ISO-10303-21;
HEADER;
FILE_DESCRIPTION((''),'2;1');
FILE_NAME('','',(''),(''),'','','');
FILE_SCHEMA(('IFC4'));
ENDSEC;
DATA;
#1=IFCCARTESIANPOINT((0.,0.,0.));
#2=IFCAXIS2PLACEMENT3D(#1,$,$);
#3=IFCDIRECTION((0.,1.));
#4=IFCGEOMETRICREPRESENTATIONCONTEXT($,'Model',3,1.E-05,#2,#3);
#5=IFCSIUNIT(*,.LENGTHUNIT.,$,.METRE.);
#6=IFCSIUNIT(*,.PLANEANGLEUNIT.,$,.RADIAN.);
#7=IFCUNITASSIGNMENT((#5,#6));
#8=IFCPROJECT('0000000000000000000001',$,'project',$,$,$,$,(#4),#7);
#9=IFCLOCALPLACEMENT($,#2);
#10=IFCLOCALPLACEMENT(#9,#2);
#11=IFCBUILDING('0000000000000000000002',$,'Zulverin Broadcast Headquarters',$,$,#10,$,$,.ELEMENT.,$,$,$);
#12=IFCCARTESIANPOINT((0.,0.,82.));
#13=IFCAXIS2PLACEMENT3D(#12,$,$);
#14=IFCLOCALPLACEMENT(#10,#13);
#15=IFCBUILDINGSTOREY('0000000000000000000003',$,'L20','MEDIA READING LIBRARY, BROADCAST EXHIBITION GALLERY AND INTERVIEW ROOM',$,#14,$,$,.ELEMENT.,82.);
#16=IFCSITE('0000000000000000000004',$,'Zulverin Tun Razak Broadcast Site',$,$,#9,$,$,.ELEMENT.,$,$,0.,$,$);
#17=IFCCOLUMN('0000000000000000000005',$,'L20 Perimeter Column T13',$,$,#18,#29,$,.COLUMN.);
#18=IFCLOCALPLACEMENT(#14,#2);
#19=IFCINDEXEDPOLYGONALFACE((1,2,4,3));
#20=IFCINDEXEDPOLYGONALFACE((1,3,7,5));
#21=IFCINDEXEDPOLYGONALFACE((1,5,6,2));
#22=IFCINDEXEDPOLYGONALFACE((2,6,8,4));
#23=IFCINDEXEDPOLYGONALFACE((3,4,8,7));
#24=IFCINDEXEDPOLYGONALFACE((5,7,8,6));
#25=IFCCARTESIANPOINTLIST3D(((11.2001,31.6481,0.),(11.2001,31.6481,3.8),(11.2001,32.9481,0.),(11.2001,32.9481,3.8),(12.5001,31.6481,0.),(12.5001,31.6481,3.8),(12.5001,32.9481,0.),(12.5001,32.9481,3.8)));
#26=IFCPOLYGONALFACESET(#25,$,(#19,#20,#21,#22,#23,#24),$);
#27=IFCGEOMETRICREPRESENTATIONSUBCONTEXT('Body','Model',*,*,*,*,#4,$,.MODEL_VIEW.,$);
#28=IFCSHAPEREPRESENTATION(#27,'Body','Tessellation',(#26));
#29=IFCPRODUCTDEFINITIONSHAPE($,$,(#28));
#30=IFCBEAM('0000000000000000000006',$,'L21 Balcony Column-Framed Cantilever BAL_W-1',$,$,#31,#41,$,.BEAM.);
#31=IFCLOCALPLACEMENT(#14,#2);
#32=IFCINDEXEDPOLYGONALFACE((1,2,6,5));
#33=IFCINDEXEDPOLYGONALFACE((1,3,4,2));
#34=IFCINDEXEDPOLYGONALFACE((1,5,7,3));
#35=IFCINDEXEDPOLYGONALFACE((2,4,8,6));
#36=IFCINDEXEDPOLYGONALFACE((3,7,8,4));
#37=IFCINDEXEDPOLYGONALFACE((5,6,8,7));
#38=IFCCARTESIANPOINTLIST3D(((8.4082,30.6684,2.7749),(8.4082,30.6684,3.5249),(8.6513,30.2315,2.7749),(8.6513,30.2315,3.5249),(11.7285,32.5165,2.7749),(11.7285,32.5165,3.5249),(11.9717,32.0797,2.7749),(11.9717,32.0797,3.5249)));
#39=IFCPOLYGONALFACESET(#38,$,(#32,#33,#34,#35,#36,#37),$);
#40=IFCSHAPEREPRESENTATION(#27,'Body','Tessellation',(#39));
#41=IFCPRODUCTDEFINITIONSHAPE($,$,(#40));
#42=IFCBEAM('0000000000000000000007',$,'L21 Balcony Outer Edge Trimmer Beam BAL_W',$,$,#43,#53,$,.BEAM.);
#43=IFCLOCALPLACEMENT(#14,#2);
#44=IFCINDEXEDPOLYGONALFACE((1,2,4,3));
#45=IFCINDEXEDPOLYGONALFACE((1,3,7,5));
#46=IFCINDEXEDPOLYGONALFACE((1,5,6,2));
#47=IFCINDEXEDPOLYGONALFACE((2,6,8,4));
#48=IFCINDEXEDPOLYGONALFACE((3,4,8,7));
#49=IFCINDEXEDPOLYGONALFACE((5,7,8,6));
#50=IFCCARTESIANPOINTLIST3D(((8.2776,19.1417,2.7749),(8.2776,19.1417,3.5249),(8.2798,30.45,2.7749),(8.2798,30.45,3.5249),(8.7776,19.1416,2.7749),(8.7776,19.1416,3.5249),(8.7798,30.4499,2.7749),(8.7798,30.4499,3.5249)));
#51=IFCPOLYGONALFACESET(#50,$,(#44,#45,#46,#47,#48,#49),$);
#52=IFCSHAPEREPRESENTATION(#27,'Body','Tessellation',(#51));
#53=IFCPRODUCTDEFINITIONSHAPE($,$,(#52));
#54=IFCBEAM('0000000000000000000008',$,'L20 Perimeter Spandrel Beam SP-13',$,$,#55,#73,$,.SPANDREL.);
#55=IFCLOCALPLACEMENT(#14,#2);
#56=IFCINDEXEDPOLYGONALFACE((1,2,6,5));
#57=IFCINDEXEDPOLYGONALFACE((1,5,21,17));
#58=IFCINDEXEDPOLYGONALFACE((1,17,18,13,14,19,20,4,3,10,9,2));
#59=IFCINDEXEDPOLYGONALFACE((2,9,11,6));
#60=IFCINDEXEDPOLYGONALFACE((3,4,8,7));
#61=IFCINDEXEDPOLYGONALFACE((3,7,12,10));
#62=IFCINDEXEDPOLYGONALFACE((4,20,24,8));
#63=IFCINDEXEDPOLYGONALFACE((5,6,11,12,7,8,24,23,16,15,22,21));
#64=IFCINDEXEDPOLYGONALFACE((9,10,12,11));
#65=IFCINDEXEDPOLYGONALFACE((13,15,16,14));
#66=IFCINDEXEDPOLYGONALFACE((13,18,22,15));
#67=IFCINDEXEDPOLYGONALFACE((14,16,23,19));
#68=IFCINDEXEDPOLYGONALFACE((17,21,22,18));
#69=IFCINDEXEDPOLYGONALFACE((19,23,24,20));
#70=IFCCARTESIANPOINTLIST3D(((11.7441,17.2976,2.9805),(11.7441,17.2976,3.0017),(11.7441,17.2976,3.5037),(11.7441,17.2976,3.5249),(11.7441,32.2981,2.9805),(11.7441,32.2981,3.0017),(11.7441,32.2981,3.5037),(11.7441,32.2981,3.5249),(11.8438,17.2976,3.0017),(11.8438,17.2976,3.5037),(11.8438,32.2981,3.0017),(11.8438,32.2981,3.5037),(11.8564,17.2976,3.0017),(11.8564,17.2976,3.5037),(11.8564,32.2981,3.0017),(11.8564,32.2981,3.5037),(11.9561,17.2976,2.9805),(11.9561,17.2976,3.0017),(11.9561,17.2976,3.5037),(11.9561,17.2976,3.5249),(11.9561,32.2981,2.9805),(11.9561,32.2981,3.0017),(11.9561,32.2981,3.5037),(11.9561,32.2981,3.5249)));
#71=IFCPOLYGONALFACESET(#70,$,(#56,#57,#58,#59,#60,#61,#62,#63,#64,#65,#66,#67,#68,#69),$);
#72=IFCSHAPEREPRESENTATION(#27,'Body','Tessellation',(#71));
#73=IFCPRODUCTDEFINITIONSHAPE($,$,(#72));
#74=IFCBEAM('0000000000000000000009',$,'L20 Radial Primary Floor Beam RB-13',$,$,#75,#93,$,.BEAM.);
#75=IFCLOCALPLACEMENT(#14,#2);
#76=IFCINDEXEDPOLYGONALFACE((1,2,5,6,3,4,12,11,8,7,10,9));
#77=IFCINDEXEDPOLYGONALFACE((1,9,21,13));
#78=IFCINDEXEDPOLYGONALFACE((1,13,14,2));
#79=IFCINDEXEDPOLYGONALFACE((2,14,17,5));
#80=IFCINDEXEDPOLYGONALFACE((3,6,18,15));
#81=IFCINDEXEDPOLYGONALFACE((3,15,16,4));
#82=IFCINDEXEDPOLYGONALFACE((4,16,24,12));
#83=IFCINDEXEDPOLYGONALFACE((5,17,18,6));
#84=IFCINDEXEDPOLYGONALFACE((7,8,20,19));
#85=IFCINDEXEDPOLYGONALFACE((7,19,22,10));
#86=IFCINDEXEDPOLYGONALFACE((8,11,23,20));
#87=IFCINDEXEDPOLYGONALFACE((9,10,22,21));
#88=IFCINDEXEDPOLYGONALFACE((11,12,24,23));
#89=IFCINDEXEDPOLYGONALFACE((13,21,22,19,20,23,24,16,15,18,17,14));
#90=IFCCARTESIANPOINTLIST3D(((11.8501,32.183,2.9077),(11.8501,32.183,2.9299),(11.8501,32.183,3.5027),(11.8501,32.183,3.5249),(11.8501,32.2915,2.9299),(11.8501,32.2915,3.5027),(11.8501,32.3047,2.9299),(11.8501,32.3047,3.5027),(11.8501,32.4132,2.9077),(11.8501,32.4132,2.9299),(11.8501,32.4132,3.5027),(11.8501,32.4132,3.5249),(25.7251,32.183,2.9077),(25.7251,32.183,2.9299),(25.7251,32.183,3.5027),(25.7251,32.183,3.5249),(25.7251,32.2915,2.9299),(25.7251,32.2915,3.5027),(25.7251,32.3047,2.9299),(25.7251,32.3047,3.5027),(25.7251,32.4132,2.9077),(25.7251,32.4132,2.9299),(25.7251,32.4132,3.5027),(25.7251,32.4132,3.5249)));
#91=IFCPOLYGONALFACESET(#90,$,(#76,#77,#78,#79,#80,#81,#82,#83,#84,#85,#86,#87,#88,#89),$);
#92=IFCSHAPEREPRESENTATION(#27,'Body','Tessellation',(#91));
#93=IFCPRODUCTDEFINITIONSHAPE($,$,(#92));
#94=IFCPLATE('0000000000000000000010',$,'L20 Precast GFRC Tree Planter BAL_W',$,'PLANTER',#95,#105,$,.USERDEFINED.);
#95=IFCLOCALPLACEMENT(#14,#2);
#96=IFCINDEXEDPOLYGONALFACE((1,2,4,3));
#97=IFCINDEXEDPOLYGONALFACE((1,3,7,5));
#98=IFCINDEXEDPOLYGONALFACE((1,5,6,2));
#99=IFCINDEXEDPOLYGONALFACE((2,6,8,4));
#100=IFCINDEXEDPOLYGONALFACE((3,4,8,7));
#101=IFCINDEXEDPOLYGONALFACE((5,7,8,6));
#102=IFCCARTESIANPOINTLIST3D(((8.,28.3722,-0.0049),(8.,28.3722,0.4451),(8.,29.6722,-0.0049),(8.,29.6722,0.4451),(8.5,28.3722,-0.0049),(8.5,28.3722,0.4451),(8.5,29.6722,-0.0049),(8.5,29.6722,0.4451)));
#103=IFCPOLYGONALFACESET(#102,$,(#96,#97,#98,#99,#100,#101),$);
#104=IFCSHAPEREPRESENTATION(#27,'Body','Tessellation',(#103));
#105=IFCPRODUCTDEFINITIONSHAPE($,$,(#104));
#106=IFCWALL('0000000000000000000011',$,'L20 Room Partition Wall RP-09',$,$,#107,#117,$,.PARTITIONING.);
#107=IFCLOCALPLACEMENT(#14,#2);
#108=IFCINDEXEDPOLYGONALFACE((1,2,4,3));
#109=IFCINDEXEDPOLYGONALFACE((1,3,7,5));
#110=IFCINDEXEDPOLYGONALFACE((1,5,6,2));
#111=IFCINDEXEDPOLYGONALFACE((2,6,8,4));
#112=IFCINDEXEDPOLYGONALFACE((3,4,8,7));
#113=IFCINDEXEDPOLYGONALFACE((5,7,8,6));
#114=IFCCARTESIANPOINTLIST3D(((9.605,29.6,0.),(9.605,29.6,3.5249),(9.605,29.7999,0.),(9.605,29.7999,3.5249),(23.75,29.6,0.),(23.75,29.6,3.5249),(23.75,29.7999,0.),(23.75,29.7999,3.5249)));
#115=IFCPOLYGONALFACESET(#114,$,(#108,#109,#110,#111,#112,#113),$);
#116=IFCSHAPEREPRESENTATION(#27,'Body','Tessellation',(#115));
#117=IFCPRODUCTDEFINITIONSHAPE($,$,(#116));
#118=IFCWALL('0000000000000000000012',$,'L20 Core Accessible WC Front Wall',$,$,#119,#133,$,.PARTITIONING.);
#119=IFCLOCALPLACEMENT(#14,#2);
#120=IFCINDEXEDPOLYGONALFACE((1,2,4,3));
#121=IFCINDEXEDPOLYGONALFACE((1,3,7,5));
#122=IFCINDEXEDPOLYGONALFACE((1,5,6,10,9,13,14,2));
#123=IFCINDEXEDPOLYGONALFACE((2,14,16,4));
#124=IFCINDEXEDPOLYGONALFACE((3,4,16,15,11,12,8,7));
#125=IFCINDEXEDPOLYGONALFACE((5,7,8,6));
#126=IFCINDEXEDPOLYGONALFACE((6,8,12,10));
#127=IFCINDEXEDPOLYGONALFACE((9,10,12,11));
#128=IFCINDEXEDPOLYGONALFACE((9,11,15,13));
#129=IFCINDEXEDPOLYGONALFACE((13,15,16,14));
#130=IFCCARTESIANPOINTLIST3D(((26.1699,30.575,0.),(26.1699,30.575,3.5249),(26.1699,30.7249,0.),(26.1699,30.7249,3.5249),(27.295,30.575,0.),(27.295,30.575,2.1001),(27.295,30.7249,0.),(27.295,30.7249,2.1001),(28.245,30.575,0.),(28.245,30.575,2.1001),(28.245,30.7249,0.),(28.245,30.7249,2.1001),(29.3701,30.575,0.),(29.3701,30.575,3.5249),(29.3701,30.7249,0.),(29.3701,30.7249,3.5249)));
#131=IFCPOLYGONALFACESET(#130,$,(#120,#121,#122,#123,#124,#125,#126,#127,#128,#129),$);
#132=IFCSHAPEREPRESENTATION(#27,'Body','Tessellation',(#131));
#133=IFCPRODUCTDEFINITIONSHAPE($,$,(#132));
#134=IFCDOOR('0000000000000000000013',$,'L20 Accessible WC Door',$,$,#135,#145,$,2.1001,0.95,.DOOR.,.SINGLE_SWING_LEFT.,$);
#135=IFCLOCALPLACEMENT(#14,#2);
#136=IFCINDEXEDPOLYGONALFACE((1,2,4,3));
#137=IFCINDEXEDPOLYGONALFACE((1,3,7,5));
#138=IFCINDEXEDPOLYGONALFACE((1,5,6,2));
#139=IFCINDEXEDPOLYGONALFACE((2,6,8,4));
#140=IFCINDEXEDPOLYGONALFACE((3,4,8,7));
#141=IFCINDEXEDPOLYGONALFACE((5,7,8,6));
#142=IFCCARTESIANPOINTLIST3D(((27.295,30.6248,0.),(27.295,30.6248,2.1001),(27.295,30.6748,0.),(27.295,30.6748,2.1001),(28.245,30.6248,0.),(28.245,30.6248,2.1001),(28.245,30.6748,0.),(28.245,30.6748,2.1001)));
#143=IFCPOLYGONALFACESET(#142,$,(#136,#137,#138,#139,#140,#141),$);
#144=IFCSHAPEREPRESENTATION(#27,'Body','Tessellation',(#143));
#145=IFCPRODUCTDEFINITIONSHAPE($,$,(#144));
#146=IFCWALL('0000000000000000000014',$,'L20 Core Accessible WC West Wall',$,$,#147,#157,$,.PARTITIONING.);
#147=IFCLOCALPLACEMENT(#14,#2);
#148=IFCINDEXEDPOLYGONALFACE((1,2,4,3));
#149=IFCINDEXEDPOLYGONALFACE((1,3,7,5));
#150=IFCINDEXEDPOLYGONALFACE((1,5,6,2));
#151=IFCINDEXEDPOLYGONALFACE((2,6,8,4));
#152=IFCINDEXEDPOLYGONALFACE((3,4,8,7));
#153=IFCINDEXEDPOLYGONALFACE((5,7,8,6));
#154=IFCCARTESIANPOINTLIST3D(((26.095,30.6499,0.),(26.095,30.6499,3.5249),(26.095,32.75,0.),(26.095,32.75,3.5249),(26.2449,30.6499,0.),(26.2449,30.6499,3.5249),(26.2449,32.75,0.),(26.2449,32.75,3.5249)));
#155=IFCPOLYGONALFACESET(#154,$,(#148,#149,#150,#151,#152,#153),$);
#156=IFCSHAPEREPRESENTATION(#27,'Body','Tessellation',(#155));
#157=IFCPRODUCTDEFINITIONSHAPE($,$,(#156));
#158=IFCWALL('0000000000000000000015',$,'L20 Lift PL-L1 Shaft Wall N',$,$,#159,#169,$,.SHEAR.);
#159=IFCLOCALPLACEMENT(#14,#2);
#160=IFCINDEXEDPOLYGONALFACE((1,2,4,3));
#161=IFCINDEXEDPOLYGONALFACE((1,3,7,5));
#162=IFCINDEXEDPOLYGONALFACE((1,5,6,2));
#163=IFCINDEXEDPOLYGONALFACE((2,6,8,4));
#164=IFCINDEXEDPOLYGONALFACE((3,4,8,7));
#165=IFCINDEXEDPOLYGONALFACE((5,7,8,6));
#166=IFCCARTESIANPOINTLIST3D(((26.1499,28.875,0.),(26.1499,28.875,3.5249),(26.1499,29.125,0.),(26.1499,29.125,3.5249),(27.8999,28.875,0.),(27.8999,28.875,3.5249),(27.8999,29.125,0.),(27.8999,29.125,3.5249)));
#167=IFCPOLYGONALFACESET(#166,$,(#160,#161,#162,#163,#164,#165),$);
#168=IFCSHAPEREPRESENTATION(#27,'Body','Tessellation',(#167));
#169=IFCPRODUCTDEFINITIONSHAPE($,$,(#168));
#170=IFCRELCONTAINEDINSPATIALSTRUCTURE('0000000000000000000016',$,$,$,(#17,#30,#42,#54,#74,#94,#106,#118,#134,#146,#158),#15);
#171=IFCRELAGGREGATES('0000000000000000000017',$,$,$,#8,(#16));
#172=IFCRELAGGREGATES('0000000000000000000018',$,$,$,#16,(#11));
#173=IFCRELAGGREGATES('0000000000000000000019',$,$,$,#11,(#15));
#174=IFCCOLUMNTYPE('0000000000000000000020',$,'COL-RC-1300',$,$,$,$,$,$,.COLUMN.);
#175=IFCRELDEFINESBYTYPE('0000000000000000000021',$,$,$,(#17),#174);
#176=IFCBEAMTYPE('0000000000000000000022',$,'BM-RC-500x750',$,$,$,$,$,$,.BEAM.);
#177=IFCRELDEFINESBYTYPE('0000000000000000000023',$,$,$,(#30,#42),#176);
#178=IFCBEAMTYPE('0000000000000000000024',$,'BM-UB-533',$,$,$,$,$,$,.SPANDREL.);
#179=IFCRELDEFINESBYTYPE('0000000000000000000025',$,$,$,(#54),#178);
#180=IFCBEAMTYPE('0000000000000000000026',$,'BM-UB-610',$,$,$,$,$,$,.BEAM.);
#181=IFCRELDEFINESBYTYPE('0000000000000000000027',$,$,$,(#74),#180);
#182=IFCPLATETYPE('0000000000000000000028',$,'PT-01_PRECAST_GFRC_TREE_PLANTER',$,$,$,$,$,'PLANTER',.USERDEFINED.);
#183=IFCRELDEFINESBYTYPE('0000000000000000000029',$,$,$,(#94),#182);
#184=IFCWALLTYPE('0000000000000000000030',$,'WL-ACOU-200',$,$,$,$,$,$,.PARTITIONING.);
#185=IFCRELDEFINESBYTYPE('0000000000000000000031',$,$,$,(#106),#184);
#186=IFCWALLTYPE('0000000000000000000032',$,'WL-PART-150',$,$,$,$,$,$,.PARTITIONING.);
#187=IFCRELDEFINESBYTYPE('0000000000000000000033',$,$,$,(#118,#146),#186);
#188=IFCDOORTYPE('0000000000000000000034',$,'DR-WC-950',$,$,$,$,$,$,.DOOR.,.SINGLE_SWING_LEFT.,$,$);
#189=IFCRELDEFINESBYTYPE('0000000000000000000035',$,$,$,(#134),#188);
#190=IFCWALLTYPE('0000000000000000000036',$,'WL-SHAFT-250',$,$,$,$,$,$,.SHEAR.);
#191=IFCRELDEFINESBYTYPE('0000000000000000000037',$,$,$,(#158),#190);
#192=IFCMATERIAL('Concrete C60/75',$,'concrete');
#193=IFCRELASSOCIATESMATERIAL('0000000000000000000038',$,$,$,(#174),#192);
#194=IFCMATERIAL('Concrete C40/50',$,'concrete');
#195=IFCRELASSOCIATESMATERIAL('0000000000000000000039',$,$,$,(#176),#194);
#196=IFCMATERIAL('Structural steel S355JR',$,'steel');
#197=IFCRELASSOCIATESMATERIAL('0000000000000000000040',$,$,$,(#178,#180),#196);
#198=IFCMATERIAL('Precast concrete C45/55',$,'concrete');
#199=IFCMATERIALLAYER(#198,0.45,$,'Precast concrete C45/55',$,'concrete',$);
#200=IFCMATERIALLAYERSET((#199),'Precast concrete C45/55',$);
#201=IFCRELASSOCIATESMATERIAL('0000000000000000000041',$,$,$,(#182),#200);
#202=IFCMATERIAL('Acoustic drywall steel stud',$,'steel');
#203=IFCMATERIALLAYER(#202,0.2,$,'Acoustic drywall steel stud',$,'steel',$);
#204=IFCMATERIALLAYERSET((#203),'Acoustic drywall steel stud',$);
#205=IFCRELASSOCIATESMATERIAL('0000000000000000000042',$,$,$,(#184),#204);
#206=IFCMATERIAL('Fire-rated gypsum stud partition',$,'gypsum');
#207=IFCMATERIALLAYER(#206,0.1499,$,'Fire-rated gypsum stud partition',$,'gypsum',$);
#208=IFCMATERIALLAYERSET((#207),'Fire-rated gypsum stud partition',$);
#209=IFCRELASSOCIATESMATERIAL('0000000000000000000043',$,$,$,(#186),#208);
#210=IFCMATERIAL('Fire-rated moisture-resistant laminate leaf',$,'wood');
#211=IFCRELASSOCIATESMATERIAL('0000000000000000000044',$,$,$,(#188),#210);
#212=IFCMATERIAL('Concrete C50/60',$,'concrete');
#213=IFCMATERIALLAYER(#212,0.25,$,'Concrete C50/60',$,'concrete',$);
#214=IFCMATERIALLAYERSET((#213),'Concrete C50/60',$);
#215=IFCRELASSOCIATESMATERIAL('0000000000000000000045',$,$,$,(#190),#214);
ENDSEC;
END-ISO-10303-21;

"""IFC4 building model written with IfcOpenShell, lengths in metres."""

from ifc_helpers import new_model, si_unit, direction, frame, frame_2d, origin, origin_2d, place, context, subcontext, project, spatial, rectangle, i_section, extrude, material, layer, layer_set, material_profile, profile_set, type_object, element, fill, save


model = new_model("IFC4")

# Units and contexts
model_context = context("Model", 3, precision=1e-05, world=origin(), true_north=direction((0.0, 1.0)))
body_context = subcontext(model_context, "Body", "Model", "MODEL_VIEW")
ifc_project = project(units=[si_unit("LENGTHUNIT", "METRE"), si_unit("PLANEANGLEUNIT", "RADIAN")], contexts=[model_context])

# Site, building, storey
site_placement = place(None, origin())
site = spatial("IfcSite", under=ifc_project, at=site_placement, Name="Zulverin Tun Razak Broadcast Site", CompositionType="ELEMENT", RefElevation=0.0)
building_placement = place(site_placement, origin())
building = spatial("IfcBuilding", under=site, at=building_placement, Name="Zulverin Broadcast Headquarters", CompositionType="ELEMENT")
storey_placement = place(building_placement, frame((0.0, 0.0, 82.0)))
storey = spatial("IfcBuildingStorey", under=building, at=storey_placement, Name="L20", Description="MEDIA READING LIBRARY, BROADCAST EXHIBITION GALLERY AND INTERVIEW ROOM", CompositionType="ELEMENT", Elevation=82.0)

# Column
ifc_material_1 = material(Name="Concrete C60/75", Category="concrete")
ifc_material_profile_1 = material_profile(ifc_material_1, rectangle(XDim=1.3, YDim=1.3, at=origin_2d()), Name="Concrete C60/75", Category="concrete")
ifc_profile_set_1 = profile_set([ifc_material_profile_1], Name="Concrete C60/75")
column_type = type_object("IfcColumnType", Name="COL-RC-1300", PredefinedType="COLUMN", material=ifc_profile_set_1)
column_placement = place(storey_placement, frame((11.8501, 32.2981, 0.0), z_axis=(0.0, 0.0, 1.0), x_axis=(1.0, 0.0, 0.0)))
element("IfcColumn", 1, at=column_placement, inside=storey, type_object=column_type, Name="L20 Perimeter Column T13", PredefinedType="COLUMN", context=body_context, shape_type="SweptSolid", body=[
    extrude(rectangle(XDim=1.3, YDim=1.3, at=origin_2d()), origin(), (0.0, 0.0, 1.0), 3.8),
])

# Beams
ifc_material_2 = material(Name="Concrete C40/50", Category="concrete")
ifc_material_profile_2 = material_profile(ifc_material_2, rectangle(XDim=0.5, YDim=0.75, at=origin_2d()), Name="Concrete C40/50", Category="concrete")
ifc_profile_set_2 = profile_set([ifc_material_profile_2], Name="Concrete C40/50")
beam_type_1 = type_object("IfcBeamType", Name="BM-RC-500x750", PredefinedType="BEAM", material=ifc_profile_set_2)
beam_1_placement = place(storey_placement, frame((11.8501, 32.2981, 3.1499), z_axis=(-0.873763, -0.486352, 0.0), x_axis=(0.486352, -0.873763, 0.0)))
element("IfcBeam", 2, at=beam_1_placement, inside=storey, type_object=beam_type_1, Name="L21 Balcony Column-Framed Cantilever BAL_W-1", PredefinedType="BEAM", context=body_context, shape_type="SweptSolid", body=[
    extrude(rectangle(XDim=0.5, YDim=0.75, at=origin_2d()), origin(), (0.0, 0.0, 1.0), 3.8),
])
beam_2_placement = place(storey_placement, frame((8.5298, 30.45, 3.1499), z_axis=(-0.000194, -1.0, 0.0), x_axis=(1.0, -0.000194, 0.0)))
element("IfcBeam", 3, at=beam_2_placement, inside=storey, type_object=beam_type_1, Name="L21 Balcony Outer Edge Trimmer Beam BAL_W", PredefinedType="BEAM", context=body_context, shape_type="SweptSolid", body=[
    extrude(rectangle(XDim=0.5, YDim=0.75, at=origin_2d()), origin(), (0.0, 0.0, 1.0), 11.3083),
])
ifc_material_3 = material(Name="Structural steel S355JR", Category="steel")
ifc_material_profile_3 = material_profile(ifc_material_3, i_section(OverallWidth=0.2119, OverallDepth=0.5444, WebThickness=0.0127, FlangeThickness=0.0212, at=origin_2d()), Name="Structural steel S355JR", Category="steel")
ifc_profile_set_3 = profile_set([ifc_material_profile_3], Name="Structural steel S355JR")
beam_type_2 = type_object("IfcBeamType", Name="BM-UB-533", PredefinedType="SPANDREL", material=ifc_profile_set_3)
beam_3_placement = place(storey_placement, frame((11.8501, 32.2981, 3.2527), z_axis=(0.0, -1.0, 0.0), x_axis=(1.0, 0.0, 0.0)))
element("IfcBeam", 4, at=beam_3_placement, inside=storey, type_object=beam_type_2, Name="L20 Perimeter Spandrel Beam SP-13", PredefinedType="SPANDREL", context=body_context, shape_type="SweptSolid", body=[
    extrude(i_section(OverallWidth=0.2119, OverallDepth=0.5444, WebThickness=0.0127, FlangeThickness=0.0212, at=origin_2d()), origin(), (0.0, 0.0, 1.0), 15.0005),
])
ifc_material_profile_4 = material_profile(ifc_material_3, i_section(OverallWidth=0.2302, OverallDepth=0.6172, WebThickness=0.0132, FlangeThickness=0.0222, at=origin_2d()), Name="Structural steel S355JR", Category="steel")
ifc_profile_set_4 = profile_set([ifc_material_profile_4], Name="Structural steel S355JR")
beam_type_3 = type_object("IfcBeamType", Name="BM-UB-610", PredefinedType="BEAM", material=ifc_profile_set_4)
beam_4_placement = place(storey_placement, frame((25.7251, 32.2981, 3.2163), z_axis=(-1.0, 0.0, 0.0), x_axis=(0.0, -1.0, 0.0)))
element("IfcBeam", 5, at=beam_4_placement, inside=storey, type_object=beam_type_3, Name="L20 Radial Primary Floor Beam RB-13", PredefinedType="BEAM", context=body_context, shape_type="SweptSolid", body=[
    extrude(i_section(OverallWidth=0.2302, OverallDepth=0.6172, WebThickness=0.0132, FlangeThickness=0.0222, at=origin_2d()), origin(), (0.0, 0.0, 1.0), 13.875),
])

# Plate
ifc_material_4 = material(Name="Precast concrete C45/55", Category="concrete")
ifc_layer_1 = layer(ifc_material_4, 0.45, Name="Precast concrete C45/55", Category="concrete")
ifc_layer_set_1 = layer_set([ifc_layer_1], Name="Precast concrete C45/55")
plate_type = type_object("IfcPlateType", Name="PT-01_PRECAST_GFRC_TREE_PLANTER", ElementType="PLANTER", PredefinedType="USERDEFINED", material=ifc_layer_set_1)
plate_placement = place(storey_placement, frame((8.25, 29.0222, -0.0049), z_axis=(0.0, 0.0, 1.0), x_axis=(0.0, 1.0, 0.0)))
element("IfcPlate", 6, at=plate_placement, inside=storey, type_object=plate_type, Name="L20 Precast GFRC Tree Planter BAL_W", ObjectType="PLANTER", PredefinedType="USERDEFINED", context=body_context, shape_type="SweptSolid", body=[
    extrude(rectangle(XDim=1.3, YDim=0.5, at=origin_2d()), origin(), (0.0, 0.0, 1.0), 0.45),
])

# Wall
ifc_material_5 = material(Name="Acoustic drywall steel stud", Category="steel")
ifc_layer_2 = layer(ifc_material_5, 0.2, Name="Acoustic drywall steel stud", Category="steel")
ifc_layer_set_2 = layer_set([ifc_layer_2], Name="Acoustic drywall steel stud")
wall_type_1 = type_object("IfcWallType", Name="WL-ACOU-200", PredefinedType="PARTITIONING", material=ifc_layer_set_2)
wall_1_placement = place(storey_placement, frame((9.605, 29.7, 0.0), z_axis=(0.0, 0.0, 1.0), x_axis=(1.0, 0.0, 0.0)))
element("IfcWall", 7, at=wall_1_placement, inside=storey, type_object=wall_type_1, Name="L20 Room Partition Wall RP-09", PredefinedType="PARTITIONING", context=body_context, shape_type="SweptSolid", body=[
    extrude(rectangle(XDim=14.145, YDim=0.2, at=frame_2d((7.0725, 0.0))), origin(), (0.0, 0.0, 1.0), 3.5249),
])

# Wall, opening, door
ifc_material_6 = material(Name="Fire-rated gypsum stud partition", Category="gypsum")
ifc_layer_3 = layer(ifc_material_6, 0.1499, Name="Fire-rated gypsum stud partition", Category="gypsum")
ifc_layer_set_3 = layer_set([ifc_layer_3], Name="Fire-rated gypsum stud partition")
wall_type_2 = type_object("IfcWallType", Name="WL-PART-150", PredefinedType="PARTITIONING", material=ifc_layer_set_3)
wall_2_placement = place(storey_placement, frame((26.1699, 30.6499, 0.0), z_axis=(0.0, 0.0, 1.0), x_axis=(1.0, 0.0, 0.0)))
wall_2 = element("IfcWall", 8, at=wall_2_placement, inside=storey, type_object=wall_type_2, Name="L20 Core Accessible WC Front Wall", PredefinedType="PARTITIONING", context=body_context, shape_type="SweptSolid", body=[
    extrude(rectangle(XDim=3.2002, YDim=0.1499, at=frame_2d((1.6001, 0.0))), origin(), (0.0, 0.0, 1.0), 3.5249),
])
opening_1_placement = place(wall_2_placement, frame((1.125, 0.0, 0.0)))
opening_1 = element("IfcOpeningElement", 9, at=opening_1_placement, cuts=wall_2, PredefinedType="OPENING", context=body_context, shape_type="SweptSolid", body=[
    extrude(rectangle(XDim=0.95, YDim=2.1001, at=frame_2d((0.4751, 1.05))), frame((0.0, 0.085, 0.0), z_axis=(0.0, -1.0, 0.0), x_axis=(1.0, 0.0, 0.0)), (0.0, 0.0, 1.0), 0.1699),
])
ifc_material_7 = material(Name="Fire-rated moisture-resistant laminate leaf", Category="wood")
door_type_1 = type_object("IfcDoorType", Name="DR-WC-950", OperationType="SINGLE_SWING_LEFT", PredefinedType="DOOR", material=ifc_material_7)
door_1_placement = place(opening_1_placement, origin())
door_1 = element("IfcDoor", 10, at=door_1_placement, inside=storey, type_object=door_type_1, Name="L20 Accessible WC Door", OperationType="SINGLE_SWING_LEFT", OverallHeight=2.1001, OverallWidth=0.95, PredefinedType="DOOR", context=body_context, shape_type="SweptSolid", body=[
    extrude(rectangle(XDim=0.95, YDim=2.1001, at=frame_2d((0.4751, 1.05))), frame((0.0, 0.0249, 0.0), z_axis=(0.0, -1.0, 0.0), x_axis=(1.0, 0.0, 0.0)), (0.0, 0.0, 1.0), 0.05),
])
fill(opening_1, door_1)

# Wall
wall_3_placement = place(storey_placement, frame((26.1699, 30.6499, 0.0), z_axis=(0.0, 0.0, 1.0), x_axis=(0.0, 1.0, 0.0)))
element("IfcWall", 11, at=wall_3_placement, inside=storey, type_object=wall_type_2, Name="L20 Core Accessible WC West Wall", PredefinedType="PARTITIONING", context=body_context, shape_type="SweptSolid", body=[
    extrude(rectangle(XDim=2.1001, YDim=0.1499, at=frame_2d((1.05, 0.0))), origin(), (0.0, 0.0, 1.0), 3.5249),
])

# Shared definitions
ifc_material_8 = material(Name="Concrete C50/60", Category="concrete")
ifc_layer_4 = layer(ifc_material_8, 0.25, Name="Concrete C50/60", Category="concrete")
ifc_layer_set_4 = layer_set([ifc_layer_4], Name="Concrete C50/60")
wall_type_3 = type_object("IfcWallType", Name="WL-SHAFT-250", PredefinedType="SHEAR", material=ifc_layer_set_4)

# Wall
wall_4_placement = place(storey_placement, frame((26.1499, 29.0, 0.0), z_axis=(0.0, 0.0, 1.0), x_axis=(1.0, 0.0, 0.0)))
element("IfcWall", 12, at=wall_4_placement, inside=storey, type_object=wall_type_3, Name="L20 Lift PL-L1 Shaft Wall N", PredefinedType="SHEAR", context=body_context, shape_type="SweptSolid", body=[
    extrude(rectangle(XDim=1.75, YDim=0.25, at=frame_2d((0.875, 0.0))), origin(), (0.0, 0.0, 1.0), 3.5249),
])

save(model, "model.ifc")
